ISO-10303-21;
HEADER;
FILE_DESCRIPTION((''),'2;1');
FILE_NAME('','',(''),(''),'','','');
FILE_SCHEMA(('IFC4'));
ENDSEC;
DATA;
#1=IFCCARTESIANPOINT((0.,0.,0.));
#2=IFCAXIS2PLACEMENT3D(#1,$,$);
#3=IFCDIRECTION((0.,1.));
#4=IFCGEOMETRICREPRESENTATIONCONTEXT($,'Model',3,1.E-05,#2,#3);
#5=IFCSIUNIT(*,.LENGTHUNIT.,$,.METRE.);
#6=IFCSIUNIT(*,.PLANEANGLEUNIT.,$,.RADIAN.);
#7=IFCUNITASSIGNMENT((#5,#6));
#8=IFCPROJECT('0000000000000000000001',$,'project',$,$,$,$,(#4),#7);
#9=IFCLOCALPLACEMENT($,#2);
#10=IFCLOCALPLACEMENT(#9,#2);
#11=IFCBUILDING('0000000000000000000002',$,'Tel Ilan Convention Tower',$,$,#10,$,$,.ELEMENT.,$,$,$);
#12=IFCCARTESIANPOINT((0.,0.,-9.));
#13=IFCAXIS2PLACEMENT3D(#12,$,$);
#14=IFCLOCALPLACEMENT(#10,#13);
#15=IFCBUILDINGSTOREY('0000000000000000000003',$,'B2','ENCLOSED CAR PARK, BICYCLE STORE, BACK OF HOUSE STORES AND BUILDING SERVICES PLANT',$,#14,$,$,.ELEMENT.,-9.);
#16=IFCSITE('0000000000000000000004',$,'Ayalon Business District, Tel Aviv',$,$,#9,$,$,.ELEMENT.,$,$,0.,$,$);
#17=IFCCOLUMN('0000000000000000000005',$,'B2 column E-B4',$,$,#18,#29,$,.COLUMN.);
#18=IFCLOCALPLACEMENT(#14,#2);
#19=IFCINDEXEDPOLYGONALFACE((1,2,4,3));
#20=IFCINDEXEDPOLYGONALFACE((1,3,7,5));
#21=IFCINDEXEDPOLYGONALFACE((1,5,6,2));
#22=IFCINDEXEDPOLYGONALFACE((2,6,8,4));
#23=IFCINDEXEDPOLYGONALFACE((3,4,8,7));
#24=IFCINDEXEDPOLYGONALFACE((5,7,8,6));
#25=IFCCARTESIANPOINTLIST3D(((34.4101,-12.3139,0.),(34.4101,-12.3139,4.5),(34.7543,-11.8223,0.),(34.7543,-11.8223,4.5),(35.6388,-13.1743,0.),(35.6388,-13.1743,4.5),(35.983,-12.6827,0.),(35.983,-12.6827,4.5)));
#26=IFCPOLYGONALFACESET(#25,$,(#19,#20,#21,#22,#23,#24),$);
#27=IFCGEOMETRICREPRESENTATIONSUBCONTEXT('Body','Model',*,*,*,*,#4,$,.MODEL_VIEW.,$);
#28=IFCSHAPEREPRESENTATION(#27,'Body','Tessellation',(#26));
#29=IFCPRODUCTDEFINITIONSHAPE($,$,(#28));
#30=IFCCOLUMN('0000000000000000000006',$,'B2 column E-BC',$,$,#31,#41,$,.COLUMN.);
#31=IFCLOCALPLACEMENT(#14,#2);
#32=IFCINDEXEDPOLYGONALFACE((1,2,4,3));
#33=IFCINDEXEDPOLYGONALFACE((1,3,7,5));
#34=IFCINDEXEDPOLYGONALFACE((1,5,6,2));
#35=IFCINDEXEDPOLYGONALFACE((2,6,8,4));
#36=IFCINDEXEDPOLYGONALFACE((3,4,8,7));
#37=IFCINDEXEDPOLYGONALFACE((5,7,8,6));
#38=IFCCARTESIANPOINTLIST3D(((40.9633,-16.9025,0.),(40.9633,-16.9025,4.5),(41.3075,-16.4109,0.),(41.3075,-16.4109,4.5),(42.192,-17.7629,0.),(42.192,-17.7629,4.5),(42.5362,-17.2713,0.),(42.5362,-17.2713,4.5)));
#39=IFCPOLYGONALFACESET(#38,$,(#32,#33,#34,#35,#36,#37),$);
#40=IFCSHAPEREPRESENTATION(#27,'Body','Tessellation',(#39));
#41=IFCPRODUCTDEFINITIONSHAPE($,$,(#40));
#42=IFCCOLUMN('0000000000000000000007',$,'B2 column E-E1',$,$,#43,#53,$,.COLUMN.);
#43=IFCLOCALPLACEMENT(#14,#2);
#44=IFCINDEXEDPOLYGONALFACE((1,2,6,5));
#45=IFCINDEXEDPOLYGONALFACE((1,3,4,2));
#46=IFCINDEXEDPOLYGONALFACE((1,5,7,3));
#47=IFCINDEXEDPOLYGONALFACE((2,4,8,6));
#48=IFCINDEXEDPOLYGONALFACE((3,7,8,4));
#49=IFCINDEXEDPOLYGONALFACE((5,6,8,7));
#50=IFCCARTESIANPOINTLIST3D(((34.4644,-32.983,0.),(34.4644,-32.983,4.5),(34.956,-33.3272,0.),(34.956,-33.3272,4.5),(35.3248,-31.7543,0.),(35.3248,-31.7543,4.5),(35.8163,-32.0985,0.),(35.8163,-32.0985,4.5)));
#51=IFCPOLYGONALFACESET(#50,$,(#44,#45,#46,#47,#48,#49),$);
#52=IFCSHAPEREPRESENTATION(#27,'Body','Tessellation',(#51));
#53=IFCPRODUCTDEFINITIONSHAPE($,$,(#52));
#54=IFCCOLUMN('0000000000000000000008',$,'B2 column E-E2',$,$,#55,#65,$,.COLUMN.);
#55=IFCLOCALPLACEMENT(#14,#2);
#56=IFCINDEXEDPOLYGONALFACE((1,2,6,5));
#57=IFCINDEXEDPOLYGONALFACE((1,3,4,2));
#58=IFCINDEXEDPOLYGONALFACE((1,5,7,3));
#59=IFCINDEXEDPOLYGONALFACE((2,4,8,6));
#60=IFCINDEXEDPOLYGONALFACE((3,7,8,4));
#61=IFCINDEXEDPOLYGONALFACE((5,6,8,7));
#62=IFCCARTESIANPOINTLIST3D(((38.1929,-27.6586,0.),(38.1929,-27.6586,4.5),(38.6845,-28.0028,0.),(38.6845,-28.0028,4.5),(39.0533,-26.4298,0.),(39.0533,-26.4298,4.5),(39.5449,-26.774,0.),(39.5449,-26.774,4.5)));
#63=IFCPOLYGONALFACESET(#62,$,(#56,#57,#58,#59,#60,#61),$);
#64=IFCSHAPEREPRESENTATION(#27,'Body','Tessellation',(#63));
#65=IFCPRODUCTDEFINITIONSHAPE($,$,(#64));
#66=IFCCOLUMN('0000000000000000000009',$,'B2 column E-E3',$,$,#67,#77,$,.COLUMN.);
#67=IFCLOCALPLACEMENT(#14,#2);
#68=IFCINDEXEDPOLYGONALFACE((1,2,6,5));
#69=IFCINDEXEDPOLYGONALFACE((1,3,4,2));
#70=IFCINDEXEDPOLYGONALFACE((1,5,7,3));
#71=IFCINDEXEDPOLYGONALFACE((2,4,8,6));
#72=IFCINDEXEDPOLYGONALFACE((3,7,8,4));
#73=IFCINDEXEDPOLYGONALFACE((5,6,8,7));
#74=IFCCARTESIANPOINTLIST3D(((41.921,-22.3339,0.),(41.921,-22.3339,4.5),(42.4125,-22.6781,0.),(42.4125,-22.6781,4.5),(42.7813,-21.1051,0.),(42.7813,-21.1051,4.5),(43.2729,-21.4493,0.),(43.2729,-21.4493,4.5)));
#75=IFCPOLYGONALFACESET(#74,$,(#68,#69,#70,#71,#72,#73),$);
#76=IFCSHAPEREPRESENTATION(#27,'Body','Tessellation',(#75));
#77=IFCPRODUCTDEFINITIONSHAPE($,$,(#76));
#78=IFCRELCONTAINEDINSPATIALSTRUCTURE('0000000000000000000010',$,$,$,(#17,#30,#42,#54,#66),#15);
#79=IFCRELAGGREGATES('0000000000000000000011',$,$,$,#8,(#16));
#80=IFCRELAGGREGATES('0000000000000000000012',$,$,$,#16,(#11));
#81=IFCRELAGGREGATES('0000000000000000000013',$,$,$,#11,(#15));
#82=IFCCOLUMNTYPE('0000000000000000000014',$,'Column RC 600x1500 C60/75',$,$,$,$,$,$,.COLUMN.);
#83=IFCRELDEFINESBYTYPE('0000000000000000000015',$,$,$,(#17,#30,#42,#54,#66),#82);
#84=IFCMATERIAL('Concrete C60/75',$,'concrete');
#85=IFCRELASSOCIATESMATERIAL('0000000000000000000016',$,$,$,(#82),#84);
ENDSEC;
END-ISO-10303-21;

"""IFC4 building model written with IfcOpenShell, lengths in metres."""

from ifc_helpers import new_model, si_unit, direction, frame, origin, origin_2d, place, context, subcontext, project, spatial, rectangle, extrude, material, material_profile, profile_set, type_object, element, save


model = new_model("IFC4")

# Units and contexts
model_context = context("Model", 3, precision=1e-05, world=origin(), true_north=direction((0.0, 1.0)))
body_context = subcontext(model_context, "Body", "Model", "MODEL_VIEW")
ifc_project = project(units=[si_unit("LENGTHUNIT", "METRE"), si_unit("PLANEANGLEUNIT", "RADIAN")], contexts=[model_context])

# Site, building, storey
site_placement = place(None, origin())
site = spatial("IfcSite", under=ifc_project, at=site_placement, Name="Ayalon Business District, Tel Aviv", CompositionType="ELEMENT", RefElevation=0.0)
building_placement = place(site_placement, origin())
building = spatial("IfcBuilding", under=site, at=building_placement, Name="Tel Ilan Convention Tower", CompositionType="ELEMENT")
storey_placement = place(building_placement, frame((0.0, 0.0, -9.0)))
storey = spatial("IfcBuildingStorey", under=building, at=storey_placement, Name="B2", Description="ENCLOSED CAR PARK, BICYCLE STORE, BACK OF HOUSE STORES AND BUILDING SERVICES PLANT", CompositionType="ELEMENT", Elevation=-9.0)

# Columns
ifc_material_1 = material(Name="Concrete C60/75", Category="concrete")
ifc_material_profile_1 = material_profile(ifc_material_1, rectangle(XDim=1.5, YDim=0.6001, at=origin_2d()), Name="RC 600x1500")
ifc_profile_set_1 = profile_set([ifc_material_profile_1], Name="Concrete C60/75")
column_type_1 = type_object("IfcColumnType", Name="Column RC 600x1500 C60/75", PredefinedType="COLUMN", material=ifc_profile_set_1)
for number, where, z_axis, x_axis, name in (
    (1, (35.1965, -12.4983, 0.0), (0.0, 0.0, 1.0), (0.819152, -0.573576, 0.0), "B2 column E-B4"),
    (2, (41.7498, -17.0869, 0.0), (0.0, 0.0, 1.0), (0.819152, -0.573576, 0.0), "B2 column E-BC"),
    (3, (35.1404, -32.5408, 0.0), (0.0, 0.0, 1.0), (0.573576, 0.819152, 0.0), "B2 column E-E1"),
    (4, (38.8689, -27.2163, 0.0), (0.0, 0.0, 1.0), (0.573576, 0.819152, 0.0), "B2 column E-E2"),
    (5, (42.5969, -21.8916, 0.0), (0.0, 0.0, 1.0), (0.573576, 0.819152, 0.0), "B2 column E-E3"),
):
    element("IfcColumn", number, at=place(storey_placement, frame(where, z_axis=z_axis, x_axis=x_axis)), inside=storey, type_object=column_type_1, Name=name, PredefinedType="COLUMN", context=body_context, shape_type="SweptSolid", body=[
        extrude(rectangle(XDim=1.5, YDim=0.6001, at=origin_2d()), origin(), (0.0, 0.0, 1.0), 4.5),
    ])

save(model, "model.ifc")
